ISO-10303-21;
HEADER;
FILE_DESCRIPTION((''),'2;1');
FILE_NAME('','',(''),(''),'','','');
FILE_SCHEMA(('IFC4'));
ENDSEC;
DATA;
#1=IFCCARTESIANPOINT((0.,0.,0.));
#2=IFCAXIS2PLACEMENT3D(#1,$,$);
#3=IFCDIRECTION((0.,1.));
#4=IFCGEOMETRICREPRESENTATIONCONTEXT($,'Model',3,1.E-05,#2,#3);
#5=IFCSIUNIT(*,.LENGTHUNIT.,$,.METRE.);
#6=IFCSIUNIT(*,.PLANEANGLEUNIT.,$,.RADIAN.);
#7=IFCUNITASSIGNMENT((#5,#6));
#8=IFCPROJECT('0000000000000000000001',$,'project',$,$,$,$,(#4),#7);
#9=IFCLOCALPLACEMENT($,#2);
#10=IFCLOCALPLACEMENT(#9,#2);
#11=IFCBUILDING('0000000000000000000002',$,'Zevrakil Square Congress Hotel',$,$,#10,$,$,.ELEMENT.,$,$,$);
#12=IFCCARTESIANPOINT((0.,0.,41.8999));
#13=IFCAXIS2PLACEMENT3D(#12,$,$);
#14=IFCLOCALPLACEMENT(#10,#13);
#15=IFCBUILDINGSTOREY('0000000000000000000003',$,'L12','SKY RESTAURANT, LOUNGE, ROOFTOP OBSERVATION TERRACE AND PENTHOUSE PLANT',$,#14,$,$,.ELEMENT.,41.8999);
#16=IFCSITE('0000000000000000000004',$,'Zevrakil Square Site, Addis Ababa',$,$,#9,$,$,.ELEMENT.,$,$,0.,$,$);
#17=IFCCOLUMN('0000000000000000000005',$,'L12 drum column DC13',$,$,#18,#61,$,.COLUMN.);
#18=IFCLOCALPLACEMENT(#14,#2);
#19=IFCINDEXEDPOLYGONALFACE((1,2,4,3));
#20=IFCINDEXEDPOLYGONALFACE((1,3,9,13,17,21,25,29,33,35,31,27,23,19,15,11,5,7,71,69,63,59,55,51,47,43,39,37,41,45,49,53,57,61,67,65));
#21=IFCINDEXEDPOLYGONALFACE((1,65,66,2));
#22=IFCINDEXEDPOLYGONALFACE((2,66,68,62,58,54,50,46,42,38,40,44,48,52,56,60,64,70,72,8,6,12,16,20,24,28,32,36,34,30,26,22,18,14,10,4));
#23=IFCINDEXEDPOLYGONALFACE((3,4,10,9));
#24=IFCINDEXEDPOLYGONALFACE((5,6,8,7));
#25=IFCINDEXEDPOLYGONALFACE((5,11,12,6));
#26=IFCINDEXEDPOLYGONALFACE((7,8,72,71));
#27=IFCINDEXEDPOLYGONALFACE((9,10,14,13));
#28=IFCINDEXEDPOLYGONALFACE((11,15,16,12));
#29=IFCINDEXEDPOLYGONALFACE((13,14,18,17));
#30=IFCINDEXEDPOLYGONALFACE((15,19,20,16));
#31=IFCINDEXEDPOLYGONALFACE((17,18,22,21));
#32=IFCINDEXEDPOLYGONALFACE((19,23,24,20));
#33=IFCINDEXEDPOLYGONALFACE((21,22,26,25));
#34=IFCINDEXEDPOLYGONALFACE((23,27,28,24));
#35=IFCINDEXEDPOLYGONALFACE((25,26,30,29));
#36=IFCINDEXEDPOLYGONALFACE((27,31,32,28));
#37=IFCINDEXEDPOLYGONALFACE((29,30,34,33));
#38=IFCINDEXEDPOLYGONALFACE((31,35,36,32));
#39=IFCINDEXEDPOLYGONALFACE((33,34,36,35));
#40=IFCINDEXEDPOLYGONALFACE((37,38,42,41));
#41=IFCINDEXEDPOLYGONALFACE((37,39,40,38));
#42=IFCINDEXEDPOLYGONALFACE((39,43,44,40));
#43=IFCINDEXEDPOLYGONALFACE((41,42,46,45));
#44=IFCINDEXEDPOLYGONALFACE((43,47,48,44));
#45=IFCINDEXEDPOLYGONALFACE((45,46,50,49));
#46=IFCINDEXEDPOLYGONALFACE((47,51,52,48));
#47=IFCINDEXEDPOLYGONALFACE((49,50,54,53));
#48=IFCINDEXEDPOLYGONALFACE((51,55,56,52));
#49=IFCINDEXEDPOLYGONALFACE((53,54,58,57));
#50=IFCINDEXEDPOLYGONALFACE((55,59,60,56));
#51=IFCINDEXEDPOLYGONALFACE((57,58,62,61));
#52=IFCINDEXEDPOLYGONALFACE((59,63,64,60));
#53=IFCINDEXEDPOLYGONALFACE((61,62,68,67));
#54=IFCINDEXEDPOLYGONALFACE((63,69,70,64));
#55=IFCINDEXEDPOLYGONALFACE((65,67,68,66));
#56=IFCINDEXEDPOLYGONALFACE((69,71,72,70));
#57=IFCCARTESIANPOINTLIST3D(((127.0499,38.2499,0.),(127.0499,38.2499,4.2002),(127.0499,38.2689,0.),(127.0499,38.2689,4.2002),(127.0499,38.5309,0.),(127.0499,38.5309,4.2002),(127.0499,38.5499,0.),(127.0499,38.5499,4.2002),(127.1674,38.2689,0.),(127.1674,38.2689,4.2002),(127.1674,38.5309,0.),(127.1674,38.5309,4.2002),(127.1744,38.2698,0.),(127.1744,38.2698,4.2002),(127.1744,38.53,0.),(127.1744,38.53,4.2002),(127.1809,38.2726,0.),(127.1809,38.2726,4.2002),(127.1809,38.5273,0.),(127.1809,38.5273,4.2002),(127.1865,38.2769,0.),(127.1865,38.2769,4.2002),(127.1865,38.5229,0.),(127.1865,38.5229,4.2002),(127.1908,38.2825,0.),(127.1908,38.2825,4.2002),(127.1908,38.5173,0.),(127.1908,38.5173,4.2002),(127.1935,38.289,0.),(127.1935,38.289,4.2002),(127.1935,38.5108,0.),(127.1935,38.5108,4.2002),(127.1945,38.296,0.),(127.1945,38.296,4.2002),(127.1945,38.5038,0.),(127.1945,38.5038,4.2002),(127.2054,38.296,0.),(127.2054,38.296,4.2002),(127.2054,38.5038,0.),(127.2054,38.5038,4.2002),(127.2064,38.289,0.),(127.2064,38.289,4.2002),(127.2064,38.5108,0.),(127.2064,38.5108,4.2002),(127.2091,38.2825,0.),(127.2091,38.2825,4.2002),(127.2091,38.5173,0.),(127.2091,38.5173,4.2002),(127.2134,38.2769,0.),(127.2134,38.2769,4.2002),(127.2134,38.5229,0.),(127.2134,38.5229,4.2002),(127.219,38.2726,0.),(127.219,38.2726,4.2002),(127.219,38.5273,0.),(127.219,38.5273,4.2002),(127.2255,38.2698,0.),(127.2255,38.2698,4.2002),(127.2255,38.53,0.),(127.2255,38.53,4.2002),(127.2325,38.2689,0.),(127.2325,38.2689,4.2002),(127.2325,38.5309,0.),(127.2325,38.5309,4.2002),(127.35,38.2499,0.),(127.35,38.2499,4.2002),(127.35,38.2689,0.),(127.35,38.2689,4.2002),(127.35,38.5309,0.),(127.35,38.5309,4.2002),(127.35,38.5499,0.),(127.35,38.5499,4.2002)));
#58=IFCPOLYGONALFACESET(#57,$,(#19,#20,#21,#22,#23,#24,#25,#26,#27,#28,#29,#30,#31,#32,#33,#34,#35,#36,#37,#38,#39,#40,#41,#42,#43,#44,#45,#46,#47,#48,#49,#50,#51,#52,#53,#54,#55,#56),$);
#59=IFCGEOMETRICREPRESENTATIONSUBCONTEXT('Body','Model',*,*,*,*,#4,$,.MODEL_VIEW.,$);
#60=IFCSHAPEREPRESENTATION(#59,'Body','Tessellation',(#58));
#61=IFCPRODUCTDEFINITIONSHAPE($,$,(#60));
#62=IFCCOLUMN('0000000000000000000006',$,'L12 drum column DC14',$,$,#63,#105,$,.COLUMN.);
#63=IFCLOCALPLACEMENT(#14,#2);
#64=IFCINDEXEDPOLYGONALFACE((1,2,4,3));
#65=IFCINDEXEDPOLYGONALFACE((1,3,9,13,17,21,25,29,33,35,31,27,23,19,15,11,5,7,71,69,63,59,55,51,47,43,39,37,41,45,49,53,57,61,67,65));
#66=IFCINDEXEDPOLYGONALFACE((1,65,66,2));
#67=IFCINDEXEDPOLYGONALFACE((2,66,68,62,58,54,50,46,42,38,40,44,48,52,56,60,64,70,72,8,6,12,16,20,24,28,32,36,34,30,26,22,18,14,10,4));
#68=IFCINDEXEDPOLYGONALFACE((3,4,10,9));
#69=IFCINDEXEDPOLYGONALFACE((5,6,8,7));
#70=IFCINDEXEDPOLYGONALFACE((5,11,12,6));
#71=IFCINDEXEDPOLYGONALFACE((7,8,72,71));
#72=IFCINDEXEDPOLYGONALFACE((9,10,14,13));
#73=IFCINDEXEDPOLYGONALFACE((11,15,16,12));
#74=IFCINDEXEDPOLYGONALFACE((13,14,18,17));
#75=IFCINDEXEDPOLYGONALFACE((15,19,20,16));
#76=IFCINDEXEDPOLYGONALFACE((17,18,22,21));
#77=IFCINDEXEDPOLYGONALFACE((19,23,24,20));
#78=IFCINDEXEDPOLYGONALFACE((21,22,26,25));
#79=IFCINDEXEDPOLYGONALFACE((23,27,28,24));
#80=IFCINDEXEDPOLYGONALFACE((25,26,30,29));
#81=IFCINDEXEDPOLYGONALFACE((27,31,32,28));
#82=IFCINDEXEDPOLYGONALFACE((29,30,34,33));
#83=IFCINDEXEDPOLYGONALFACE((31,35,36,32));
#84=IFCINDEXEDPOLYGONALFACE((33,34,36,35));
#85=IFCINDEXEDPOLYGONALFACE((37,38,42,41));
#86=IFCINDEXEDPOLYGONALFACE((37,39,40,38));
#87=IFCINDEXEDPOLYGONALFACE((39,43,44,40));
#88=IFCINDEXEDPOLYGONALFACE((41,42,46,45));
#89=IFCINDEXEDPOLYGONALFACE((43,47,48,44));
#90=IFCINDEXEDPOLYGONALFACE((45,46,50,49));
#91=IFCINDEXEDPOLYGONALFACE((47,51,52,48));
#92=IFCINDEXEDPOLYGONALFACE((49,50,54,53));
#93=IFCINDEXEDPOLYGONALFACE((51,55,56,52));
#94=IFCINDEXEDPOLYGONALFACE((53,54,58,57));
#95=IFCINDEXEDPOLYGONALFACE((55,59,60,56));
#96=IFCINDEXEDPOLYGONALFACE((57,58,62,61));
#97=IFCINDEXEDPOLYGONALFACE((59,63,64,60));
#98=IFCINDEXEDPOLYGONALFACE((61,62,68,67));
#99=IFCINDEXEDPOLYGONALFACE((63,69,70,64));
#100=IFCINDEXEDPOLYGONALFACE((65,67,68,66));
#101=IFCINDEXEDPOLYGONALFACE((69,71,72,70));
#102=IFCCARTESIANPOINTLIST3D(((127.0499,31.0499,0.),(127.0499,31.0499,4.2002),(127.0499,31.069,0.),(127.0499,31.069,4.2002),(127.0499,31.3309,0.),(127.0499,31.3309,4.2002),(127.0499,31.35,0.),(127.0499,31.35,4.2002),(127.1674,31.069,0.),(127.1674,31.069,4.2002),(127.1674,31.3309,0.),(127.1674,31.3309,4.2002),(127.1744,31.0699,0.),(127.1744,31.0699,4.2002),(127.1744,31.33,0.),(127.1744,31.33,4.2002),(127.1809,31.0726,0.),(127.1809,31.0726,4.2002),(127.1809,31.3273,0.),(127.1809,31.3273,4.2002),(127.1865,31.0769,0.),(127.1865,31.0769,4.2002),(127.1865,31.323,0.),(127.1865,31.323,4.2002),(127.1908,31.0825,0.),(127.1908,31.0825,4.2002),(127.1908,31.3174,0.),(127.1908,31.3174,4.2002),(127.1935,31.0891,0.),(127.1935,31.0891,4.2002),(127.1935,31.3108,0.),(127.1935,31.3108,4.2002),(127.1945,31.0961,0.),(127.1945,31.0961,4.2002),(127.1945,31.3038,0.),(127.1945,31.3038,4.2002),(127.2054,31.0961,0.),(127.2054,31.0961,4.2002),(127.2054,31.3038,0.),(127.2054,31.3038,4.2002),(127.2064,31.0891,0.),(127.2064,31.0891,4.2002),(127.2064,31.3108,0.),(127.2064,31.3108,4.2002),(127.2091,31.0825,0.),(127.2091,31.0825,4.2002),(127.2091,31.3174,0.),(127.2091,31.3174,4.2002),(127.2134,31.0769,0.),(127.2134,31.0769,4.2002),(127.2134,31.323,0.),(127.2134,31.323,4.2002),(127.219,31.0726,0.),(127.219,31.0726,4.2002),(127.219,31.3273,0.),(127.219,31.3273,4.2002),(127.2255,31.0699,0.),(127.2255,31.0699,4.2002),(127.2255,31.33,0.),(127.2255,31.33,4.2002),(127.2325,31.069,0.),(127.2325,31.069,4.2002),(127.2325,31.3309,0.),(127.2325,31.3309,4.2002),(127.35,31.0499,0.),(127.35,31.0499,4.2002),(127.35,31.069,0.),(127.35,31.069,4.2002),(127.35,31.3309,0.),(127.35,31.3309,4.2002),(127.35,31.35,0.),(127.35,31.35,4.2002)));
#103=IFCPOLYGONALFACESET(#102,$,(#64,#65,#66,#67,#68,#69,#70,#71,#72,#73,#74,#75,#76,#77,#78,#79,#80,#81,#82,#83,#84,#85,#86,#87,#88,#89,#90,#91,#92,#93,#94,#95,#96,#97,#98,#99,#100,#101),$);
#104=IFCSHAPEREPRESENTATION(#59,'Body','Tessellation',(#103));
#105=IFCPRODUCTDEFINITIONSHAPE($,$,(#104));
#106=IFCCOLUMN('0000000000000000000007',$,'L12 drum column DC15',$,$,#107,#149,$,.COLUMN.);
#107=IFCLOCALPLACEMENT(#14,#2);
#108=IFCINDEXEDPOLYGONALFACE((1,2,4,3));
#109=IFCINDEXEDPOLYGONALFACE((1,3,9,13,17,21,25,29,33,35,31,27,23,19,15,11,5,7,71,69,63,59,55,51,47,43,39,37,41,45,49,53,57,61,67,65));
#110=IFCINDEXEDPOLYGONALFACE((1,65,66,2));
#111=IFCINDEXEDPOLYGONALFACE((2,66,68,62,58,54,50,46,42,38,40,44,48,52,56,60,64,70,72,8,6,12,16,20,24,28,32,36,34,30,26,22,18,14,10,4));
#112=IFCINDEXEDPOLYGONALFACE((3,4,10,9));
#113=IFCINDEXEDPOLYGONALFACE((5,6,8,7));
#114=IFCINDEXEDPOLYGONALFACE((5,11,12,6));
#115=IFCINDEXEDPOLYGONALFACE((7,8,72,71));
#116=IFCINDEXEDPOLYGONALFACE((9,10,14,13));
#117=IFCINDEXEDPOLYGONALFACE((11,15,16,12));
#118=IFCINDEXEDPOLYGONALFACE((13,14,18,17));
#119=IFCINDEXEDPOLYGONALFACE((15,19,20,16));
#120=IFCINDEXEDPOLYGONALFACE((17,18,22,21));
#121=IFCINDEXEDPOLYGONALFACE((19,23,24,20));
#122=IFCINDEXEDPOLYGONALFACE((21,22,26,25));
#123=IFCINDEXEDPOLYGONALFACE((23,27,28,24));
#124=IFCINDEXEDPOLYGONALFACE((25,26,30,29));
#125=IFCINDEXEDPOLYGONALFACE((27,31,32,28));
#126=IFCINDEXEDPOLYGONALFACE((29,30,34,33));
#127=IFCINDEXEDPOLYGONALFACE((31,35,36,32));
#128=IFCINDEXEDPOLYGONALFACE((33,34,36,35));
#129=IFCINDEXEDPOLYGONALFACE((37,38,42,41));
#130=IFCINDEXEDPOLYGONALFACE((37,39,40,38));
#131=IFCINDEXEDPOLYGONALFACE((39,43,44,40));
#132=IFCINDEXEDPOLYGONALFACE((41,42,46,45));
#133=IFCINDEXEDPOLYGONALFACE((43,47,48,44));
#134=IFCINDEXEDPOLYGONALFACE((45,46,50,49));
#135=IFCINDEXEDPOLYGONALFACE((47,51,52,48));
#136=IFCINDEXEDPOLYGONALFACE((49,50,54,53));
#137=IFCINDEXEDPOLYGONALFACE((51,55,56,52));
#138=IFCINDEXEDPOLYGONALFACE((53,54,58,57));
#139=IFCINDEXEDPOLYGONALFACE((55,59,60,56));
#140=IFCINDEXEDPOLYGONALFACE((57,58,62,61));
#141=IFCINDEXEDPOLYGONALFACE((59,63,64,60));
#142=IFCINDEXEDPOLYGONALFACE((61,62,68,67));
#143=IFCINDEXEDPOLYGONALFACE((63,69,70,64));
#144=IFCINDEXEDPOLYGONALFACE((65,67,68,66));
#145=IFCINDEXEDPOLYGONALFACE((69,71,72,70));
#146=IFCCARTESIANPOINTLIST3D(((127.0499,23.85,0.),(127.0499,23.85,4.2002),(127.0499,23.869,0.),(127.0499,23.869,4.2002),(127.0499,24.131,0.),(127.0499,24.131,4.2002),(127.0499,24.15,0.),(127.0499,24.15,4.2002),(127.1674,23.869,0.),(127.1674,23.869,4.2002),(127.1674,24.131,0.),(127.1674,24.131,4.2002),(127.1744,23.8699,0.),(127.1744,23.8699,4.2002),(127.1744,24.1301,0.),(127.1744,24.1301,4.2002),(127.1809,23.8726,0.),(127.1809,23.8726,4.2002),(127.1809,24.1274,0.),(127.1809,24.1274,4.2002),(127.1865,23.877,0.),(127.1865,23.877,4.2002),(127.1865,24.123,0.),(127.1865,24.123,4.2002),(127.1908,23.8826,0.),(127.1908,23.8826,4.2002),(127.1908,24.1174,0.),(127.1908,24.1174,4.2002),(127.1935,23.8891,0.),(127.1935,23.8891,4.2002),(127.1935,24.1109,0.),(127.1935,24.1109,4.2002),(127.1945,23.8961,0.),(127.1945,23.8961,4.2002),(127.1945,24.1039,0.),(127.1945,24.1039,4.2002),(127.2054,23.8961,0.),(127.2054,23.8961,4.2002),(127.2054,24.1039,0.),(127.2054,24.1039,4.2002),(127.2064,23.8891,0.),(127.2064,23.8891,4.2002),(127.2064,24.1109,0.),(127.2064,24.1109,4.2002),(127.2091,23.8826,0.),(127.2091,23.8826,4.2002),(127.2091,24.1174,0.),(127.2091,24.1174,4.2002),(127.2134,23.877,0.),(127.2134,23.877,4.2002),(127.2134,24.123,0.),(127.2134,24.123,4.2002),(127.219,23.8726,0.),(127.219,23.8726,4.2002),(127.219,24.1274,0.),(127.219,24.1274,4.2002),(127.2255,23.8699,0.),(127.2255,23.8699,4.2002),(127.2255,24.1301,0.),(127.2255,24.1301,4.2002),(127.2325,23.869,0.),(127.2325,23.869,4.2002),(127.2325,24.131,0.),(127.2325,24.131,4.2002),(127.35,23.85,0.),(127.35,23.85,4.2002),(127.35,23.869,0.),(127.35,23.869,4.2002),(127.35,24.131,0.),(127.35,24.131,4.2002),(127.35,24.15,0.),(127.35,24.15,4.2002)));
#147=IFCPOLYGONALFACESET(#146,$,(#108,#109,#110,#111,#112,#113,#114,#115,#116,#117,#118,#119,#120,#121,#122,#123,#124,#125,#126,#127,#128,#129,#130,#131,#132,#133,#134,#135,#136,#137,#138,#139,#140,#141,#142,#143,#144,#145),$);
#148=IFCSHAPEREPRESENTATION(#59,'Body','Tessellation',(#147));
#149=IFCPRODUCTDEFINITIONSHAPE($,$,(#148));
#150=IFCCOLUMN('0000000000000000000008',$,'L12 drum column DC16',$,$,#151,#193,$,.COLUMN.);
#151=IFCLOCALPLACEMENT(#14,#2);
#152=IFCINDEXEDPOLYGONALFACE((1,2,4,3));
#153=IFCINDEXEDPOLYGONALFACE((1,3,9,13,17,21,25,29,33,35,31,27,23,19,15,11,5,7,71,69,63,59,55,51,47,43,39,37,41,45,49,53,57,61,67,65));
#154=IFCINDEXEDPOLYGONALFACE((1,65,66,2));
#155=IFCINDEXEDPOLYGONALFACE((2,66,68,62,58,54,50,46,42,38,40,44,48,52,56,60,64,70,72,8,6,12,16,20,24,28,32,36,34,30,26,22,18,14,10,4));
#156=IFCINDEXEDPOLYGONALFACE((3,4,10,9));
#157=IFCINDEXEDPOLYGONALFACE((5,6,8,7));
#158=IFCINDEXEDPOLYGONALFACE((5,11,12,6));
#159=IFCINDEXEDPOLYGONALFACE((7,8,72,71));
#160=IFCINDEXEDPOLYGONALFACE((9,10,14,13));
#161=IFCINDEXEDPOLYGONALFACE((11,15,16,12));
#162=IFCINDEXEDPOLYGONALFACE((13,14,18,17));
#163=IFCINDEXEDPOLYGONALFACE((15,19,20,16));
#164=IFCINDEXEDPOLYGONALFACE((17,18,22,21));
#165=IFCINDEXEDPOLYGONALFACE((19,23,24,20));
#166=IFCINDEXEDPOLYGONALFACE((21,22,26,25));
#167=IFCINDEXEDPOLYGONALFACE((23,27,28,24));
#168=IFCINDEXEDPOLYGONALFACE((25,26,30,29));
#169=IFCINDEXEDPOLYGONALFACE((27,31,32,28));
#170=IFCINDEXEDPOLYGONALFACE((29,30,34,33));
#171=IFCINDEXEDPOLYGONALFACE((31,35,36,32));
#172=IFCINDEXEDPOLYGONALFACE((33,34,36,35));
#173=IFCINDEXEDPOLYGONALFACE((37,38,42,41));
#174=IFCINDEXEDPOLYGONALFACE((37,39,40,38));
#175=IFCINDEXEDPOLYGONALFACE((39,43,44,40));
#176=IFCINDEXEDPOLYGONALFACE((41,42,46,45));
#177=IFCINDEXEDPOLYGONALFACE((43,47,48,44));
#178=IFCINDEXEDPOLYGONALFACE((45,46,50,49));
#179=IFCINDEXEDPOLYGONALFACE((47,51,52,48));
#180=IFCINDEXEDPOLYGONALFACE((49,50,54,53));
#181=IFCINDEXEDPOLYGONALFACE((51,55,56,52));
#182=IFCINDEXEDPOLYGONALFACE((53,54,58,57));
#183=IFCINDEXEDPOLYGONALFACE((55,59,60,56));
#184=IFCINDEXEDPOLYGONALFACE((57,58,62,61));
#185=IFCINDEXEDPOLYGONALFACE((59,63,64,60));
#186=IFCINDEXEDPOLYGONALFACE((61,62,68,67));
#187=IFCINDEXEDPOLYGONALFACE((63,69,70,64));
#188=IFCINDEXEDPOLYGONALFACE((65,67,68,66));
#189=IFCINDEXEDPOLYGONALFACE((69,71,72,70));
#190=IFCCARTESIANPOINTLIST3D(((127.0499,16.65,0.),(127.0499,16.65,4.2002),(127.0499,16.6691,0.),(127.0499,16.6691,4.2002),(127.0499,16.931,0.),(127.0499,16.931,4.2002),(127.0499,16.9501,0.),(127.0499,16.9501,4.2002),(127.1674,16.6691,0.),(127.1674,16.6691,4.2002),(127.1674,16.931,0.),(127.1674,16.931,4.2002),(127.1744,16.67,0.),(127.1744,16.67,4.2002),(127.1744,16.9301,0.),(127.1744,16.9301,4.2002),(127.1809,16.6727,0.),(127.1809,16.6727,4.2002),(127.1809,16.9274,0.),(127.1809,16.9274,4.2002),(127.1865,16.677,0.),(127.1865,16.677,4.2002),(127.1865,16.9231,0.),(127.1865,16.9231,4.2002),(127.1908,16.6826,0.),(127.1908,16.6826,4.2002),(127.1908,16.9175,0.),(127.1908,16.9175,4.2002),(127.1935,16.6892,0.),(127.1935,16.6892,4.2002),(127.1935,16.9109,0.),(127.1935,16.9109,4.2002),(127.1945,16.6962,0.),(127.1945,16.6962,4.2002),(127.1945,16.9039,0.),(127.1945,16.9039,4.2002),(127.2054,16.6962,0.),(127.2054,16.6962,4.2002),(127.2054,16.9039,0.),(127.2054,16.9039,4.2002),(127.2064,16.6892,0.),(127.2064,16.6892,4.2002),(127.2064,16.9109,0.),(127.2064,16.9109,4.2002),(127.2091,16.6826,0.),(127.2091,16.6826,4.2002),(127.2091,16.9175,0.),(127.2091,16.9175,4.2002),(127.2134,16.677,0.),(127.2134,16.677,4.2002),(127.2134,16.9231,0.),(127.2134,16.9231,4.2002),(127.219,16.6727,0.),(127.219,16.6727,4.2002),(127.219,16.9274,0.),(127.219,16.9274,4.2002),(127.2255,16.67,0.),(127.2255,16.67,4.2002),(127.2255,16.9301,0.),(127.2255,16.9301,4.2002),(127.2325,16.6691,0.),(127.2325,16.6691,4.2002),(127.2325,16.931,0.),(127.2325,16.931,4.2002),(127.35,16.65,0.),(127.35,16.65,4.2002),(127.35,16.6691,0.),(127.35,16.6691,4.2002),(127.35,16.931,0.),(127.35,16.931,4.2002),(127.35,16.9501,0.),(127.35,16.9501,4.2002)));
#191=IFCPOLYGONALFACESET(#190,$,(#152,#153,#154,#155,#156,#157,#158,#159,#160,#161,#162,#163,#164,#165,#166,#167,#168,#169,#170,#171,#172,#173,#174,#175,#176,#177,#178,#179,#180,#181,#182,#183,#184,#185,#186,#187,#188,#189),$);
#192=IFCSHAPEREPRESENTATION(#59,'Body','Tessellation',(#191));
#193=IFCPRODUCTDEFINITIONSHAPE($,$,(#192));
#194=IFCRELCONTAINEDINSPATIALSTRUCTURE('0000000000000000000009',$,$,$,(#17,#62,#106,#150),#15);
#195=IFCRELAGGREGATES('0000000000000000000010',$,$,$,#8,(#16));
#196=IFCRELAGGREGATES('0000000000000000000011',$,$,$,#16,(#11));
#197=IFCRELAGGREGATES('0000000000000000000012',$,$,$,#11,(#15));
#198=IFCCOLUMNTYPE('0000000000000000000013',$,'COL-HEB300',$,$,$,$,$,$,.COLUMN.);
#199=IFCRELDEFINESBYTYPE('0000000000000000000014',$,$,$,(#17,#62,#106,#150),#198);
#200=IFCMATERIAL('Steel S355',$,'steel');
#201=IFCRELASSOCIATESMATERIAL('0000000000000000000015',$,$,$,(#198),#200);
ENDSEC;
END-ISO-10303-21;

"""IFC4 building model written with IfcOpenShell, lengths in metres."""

from ifc_helpers import new_model, si_unit, direction, frame, origin, origin_2d, place, context, subcontext, project, spatial, i_section, extrude, material, material_profile, profile_set, type_object, element, save


model = new_model("IFC4")

# Units and contexts
model_context = context("Model", 3, precision=1e-05, world=origin(), true_north=direction((0.0, 1.0)))
body_context = subcontext(model_context, "Body", "Model", "MODEL_VIEW")
ifc_project = project(units=[si_unit("LENGTHUNIT", "METRE"), si_unit("PLANEANGLEUNIT", "RADIAN")], contexts=[model_context])

# Site, building, storey
site_placement = place(None, origin())
site = spatial("IfcSite", under=ifc_project, at=site_placement, Name="Zevrakil Square Site, Addis Ababa", CompositionType="ELEMENT", RefElevation=0.0)
building_placement = place(site_placement, origin())
building = spatial("IfcBuilding", under=site, at=building_placement, Name="Zevrakil Square Congress Hotel", CompositionType="ELEMENT")
storey_placement = place(building_placement, frame((0.0, 0.0, 41.8999)))
storey = spatial("IfcBuildingStorey", under=building, at=storey_placement, Name="L12", Description="SKY RESTAURANT, LOUNGE, ROOFTOP OBSERVATION TERRACE AND PENTHOUSE PLANT", CompositionType="ELEMENT", Elevation=41.8999)

# Columns
ifc_material_1 = material(Name="Steel S355", Category="steel")
ifc_material_profile_1 = material_profile(ifc_material_1, i_section(OverallWidth=0.3, OverallDepth=0.3, WebThickness=0.011, FlangeThickness=0.019, FilletRadius=0.0271, at=origin_2d()), Name="HEB 300")
ifc_profile_set_1 = profile_set([ifc_material_profile_1], Name="Steel S355")
column_type = type_object("IfcColumnType", Name="COL-HEB300", PredefinedType="COLUMN", material=ifc_profile_set_1)
for number, where, z_axis, x_axis, name in (
    (1, (127.2, 38.3999, 0.0), (0.0, 0.0, 1.0), (1.0, 0.0, 0.0), "L12 drum column DC13"),
    (2, (127.2, 31.2, 0.0), (0.0, 0.0, 1.0), (1.0, 0.0, 0.0), "L12 drum column DC14"),
    (3, (127.2, 24.0, 0.0), (0.0, 0.0, 1.0), (1.0, 0.0, 0.0), "L12 drum column DC15"),
    (4, (127.2, 16.8, 0.0), (0.0, 0.0, 1.0), (1.0, 0.0, 0.0), "L12 drum column DC16"),
):
    element("IfcColumn", number, at=place(storey_placement, frame(where, z_axis=z_axis, x_axis=x_axis)), inside=storey, type_object=column_type, Name=name, PredefinedType="COLUMN", context=body_context, shape_type="SweptSolid", body=[
        extrude(i_section(OverallWidth=0.3, OverallDepth=0.3, WebThickness=0.011, FlangeThickness=0.019, FilletRadius=0.0271, at=origin_2d()), origin(), (0.0, 0.0, 1.0), 4.2002),
    ])

save(model, "model.ifc")
